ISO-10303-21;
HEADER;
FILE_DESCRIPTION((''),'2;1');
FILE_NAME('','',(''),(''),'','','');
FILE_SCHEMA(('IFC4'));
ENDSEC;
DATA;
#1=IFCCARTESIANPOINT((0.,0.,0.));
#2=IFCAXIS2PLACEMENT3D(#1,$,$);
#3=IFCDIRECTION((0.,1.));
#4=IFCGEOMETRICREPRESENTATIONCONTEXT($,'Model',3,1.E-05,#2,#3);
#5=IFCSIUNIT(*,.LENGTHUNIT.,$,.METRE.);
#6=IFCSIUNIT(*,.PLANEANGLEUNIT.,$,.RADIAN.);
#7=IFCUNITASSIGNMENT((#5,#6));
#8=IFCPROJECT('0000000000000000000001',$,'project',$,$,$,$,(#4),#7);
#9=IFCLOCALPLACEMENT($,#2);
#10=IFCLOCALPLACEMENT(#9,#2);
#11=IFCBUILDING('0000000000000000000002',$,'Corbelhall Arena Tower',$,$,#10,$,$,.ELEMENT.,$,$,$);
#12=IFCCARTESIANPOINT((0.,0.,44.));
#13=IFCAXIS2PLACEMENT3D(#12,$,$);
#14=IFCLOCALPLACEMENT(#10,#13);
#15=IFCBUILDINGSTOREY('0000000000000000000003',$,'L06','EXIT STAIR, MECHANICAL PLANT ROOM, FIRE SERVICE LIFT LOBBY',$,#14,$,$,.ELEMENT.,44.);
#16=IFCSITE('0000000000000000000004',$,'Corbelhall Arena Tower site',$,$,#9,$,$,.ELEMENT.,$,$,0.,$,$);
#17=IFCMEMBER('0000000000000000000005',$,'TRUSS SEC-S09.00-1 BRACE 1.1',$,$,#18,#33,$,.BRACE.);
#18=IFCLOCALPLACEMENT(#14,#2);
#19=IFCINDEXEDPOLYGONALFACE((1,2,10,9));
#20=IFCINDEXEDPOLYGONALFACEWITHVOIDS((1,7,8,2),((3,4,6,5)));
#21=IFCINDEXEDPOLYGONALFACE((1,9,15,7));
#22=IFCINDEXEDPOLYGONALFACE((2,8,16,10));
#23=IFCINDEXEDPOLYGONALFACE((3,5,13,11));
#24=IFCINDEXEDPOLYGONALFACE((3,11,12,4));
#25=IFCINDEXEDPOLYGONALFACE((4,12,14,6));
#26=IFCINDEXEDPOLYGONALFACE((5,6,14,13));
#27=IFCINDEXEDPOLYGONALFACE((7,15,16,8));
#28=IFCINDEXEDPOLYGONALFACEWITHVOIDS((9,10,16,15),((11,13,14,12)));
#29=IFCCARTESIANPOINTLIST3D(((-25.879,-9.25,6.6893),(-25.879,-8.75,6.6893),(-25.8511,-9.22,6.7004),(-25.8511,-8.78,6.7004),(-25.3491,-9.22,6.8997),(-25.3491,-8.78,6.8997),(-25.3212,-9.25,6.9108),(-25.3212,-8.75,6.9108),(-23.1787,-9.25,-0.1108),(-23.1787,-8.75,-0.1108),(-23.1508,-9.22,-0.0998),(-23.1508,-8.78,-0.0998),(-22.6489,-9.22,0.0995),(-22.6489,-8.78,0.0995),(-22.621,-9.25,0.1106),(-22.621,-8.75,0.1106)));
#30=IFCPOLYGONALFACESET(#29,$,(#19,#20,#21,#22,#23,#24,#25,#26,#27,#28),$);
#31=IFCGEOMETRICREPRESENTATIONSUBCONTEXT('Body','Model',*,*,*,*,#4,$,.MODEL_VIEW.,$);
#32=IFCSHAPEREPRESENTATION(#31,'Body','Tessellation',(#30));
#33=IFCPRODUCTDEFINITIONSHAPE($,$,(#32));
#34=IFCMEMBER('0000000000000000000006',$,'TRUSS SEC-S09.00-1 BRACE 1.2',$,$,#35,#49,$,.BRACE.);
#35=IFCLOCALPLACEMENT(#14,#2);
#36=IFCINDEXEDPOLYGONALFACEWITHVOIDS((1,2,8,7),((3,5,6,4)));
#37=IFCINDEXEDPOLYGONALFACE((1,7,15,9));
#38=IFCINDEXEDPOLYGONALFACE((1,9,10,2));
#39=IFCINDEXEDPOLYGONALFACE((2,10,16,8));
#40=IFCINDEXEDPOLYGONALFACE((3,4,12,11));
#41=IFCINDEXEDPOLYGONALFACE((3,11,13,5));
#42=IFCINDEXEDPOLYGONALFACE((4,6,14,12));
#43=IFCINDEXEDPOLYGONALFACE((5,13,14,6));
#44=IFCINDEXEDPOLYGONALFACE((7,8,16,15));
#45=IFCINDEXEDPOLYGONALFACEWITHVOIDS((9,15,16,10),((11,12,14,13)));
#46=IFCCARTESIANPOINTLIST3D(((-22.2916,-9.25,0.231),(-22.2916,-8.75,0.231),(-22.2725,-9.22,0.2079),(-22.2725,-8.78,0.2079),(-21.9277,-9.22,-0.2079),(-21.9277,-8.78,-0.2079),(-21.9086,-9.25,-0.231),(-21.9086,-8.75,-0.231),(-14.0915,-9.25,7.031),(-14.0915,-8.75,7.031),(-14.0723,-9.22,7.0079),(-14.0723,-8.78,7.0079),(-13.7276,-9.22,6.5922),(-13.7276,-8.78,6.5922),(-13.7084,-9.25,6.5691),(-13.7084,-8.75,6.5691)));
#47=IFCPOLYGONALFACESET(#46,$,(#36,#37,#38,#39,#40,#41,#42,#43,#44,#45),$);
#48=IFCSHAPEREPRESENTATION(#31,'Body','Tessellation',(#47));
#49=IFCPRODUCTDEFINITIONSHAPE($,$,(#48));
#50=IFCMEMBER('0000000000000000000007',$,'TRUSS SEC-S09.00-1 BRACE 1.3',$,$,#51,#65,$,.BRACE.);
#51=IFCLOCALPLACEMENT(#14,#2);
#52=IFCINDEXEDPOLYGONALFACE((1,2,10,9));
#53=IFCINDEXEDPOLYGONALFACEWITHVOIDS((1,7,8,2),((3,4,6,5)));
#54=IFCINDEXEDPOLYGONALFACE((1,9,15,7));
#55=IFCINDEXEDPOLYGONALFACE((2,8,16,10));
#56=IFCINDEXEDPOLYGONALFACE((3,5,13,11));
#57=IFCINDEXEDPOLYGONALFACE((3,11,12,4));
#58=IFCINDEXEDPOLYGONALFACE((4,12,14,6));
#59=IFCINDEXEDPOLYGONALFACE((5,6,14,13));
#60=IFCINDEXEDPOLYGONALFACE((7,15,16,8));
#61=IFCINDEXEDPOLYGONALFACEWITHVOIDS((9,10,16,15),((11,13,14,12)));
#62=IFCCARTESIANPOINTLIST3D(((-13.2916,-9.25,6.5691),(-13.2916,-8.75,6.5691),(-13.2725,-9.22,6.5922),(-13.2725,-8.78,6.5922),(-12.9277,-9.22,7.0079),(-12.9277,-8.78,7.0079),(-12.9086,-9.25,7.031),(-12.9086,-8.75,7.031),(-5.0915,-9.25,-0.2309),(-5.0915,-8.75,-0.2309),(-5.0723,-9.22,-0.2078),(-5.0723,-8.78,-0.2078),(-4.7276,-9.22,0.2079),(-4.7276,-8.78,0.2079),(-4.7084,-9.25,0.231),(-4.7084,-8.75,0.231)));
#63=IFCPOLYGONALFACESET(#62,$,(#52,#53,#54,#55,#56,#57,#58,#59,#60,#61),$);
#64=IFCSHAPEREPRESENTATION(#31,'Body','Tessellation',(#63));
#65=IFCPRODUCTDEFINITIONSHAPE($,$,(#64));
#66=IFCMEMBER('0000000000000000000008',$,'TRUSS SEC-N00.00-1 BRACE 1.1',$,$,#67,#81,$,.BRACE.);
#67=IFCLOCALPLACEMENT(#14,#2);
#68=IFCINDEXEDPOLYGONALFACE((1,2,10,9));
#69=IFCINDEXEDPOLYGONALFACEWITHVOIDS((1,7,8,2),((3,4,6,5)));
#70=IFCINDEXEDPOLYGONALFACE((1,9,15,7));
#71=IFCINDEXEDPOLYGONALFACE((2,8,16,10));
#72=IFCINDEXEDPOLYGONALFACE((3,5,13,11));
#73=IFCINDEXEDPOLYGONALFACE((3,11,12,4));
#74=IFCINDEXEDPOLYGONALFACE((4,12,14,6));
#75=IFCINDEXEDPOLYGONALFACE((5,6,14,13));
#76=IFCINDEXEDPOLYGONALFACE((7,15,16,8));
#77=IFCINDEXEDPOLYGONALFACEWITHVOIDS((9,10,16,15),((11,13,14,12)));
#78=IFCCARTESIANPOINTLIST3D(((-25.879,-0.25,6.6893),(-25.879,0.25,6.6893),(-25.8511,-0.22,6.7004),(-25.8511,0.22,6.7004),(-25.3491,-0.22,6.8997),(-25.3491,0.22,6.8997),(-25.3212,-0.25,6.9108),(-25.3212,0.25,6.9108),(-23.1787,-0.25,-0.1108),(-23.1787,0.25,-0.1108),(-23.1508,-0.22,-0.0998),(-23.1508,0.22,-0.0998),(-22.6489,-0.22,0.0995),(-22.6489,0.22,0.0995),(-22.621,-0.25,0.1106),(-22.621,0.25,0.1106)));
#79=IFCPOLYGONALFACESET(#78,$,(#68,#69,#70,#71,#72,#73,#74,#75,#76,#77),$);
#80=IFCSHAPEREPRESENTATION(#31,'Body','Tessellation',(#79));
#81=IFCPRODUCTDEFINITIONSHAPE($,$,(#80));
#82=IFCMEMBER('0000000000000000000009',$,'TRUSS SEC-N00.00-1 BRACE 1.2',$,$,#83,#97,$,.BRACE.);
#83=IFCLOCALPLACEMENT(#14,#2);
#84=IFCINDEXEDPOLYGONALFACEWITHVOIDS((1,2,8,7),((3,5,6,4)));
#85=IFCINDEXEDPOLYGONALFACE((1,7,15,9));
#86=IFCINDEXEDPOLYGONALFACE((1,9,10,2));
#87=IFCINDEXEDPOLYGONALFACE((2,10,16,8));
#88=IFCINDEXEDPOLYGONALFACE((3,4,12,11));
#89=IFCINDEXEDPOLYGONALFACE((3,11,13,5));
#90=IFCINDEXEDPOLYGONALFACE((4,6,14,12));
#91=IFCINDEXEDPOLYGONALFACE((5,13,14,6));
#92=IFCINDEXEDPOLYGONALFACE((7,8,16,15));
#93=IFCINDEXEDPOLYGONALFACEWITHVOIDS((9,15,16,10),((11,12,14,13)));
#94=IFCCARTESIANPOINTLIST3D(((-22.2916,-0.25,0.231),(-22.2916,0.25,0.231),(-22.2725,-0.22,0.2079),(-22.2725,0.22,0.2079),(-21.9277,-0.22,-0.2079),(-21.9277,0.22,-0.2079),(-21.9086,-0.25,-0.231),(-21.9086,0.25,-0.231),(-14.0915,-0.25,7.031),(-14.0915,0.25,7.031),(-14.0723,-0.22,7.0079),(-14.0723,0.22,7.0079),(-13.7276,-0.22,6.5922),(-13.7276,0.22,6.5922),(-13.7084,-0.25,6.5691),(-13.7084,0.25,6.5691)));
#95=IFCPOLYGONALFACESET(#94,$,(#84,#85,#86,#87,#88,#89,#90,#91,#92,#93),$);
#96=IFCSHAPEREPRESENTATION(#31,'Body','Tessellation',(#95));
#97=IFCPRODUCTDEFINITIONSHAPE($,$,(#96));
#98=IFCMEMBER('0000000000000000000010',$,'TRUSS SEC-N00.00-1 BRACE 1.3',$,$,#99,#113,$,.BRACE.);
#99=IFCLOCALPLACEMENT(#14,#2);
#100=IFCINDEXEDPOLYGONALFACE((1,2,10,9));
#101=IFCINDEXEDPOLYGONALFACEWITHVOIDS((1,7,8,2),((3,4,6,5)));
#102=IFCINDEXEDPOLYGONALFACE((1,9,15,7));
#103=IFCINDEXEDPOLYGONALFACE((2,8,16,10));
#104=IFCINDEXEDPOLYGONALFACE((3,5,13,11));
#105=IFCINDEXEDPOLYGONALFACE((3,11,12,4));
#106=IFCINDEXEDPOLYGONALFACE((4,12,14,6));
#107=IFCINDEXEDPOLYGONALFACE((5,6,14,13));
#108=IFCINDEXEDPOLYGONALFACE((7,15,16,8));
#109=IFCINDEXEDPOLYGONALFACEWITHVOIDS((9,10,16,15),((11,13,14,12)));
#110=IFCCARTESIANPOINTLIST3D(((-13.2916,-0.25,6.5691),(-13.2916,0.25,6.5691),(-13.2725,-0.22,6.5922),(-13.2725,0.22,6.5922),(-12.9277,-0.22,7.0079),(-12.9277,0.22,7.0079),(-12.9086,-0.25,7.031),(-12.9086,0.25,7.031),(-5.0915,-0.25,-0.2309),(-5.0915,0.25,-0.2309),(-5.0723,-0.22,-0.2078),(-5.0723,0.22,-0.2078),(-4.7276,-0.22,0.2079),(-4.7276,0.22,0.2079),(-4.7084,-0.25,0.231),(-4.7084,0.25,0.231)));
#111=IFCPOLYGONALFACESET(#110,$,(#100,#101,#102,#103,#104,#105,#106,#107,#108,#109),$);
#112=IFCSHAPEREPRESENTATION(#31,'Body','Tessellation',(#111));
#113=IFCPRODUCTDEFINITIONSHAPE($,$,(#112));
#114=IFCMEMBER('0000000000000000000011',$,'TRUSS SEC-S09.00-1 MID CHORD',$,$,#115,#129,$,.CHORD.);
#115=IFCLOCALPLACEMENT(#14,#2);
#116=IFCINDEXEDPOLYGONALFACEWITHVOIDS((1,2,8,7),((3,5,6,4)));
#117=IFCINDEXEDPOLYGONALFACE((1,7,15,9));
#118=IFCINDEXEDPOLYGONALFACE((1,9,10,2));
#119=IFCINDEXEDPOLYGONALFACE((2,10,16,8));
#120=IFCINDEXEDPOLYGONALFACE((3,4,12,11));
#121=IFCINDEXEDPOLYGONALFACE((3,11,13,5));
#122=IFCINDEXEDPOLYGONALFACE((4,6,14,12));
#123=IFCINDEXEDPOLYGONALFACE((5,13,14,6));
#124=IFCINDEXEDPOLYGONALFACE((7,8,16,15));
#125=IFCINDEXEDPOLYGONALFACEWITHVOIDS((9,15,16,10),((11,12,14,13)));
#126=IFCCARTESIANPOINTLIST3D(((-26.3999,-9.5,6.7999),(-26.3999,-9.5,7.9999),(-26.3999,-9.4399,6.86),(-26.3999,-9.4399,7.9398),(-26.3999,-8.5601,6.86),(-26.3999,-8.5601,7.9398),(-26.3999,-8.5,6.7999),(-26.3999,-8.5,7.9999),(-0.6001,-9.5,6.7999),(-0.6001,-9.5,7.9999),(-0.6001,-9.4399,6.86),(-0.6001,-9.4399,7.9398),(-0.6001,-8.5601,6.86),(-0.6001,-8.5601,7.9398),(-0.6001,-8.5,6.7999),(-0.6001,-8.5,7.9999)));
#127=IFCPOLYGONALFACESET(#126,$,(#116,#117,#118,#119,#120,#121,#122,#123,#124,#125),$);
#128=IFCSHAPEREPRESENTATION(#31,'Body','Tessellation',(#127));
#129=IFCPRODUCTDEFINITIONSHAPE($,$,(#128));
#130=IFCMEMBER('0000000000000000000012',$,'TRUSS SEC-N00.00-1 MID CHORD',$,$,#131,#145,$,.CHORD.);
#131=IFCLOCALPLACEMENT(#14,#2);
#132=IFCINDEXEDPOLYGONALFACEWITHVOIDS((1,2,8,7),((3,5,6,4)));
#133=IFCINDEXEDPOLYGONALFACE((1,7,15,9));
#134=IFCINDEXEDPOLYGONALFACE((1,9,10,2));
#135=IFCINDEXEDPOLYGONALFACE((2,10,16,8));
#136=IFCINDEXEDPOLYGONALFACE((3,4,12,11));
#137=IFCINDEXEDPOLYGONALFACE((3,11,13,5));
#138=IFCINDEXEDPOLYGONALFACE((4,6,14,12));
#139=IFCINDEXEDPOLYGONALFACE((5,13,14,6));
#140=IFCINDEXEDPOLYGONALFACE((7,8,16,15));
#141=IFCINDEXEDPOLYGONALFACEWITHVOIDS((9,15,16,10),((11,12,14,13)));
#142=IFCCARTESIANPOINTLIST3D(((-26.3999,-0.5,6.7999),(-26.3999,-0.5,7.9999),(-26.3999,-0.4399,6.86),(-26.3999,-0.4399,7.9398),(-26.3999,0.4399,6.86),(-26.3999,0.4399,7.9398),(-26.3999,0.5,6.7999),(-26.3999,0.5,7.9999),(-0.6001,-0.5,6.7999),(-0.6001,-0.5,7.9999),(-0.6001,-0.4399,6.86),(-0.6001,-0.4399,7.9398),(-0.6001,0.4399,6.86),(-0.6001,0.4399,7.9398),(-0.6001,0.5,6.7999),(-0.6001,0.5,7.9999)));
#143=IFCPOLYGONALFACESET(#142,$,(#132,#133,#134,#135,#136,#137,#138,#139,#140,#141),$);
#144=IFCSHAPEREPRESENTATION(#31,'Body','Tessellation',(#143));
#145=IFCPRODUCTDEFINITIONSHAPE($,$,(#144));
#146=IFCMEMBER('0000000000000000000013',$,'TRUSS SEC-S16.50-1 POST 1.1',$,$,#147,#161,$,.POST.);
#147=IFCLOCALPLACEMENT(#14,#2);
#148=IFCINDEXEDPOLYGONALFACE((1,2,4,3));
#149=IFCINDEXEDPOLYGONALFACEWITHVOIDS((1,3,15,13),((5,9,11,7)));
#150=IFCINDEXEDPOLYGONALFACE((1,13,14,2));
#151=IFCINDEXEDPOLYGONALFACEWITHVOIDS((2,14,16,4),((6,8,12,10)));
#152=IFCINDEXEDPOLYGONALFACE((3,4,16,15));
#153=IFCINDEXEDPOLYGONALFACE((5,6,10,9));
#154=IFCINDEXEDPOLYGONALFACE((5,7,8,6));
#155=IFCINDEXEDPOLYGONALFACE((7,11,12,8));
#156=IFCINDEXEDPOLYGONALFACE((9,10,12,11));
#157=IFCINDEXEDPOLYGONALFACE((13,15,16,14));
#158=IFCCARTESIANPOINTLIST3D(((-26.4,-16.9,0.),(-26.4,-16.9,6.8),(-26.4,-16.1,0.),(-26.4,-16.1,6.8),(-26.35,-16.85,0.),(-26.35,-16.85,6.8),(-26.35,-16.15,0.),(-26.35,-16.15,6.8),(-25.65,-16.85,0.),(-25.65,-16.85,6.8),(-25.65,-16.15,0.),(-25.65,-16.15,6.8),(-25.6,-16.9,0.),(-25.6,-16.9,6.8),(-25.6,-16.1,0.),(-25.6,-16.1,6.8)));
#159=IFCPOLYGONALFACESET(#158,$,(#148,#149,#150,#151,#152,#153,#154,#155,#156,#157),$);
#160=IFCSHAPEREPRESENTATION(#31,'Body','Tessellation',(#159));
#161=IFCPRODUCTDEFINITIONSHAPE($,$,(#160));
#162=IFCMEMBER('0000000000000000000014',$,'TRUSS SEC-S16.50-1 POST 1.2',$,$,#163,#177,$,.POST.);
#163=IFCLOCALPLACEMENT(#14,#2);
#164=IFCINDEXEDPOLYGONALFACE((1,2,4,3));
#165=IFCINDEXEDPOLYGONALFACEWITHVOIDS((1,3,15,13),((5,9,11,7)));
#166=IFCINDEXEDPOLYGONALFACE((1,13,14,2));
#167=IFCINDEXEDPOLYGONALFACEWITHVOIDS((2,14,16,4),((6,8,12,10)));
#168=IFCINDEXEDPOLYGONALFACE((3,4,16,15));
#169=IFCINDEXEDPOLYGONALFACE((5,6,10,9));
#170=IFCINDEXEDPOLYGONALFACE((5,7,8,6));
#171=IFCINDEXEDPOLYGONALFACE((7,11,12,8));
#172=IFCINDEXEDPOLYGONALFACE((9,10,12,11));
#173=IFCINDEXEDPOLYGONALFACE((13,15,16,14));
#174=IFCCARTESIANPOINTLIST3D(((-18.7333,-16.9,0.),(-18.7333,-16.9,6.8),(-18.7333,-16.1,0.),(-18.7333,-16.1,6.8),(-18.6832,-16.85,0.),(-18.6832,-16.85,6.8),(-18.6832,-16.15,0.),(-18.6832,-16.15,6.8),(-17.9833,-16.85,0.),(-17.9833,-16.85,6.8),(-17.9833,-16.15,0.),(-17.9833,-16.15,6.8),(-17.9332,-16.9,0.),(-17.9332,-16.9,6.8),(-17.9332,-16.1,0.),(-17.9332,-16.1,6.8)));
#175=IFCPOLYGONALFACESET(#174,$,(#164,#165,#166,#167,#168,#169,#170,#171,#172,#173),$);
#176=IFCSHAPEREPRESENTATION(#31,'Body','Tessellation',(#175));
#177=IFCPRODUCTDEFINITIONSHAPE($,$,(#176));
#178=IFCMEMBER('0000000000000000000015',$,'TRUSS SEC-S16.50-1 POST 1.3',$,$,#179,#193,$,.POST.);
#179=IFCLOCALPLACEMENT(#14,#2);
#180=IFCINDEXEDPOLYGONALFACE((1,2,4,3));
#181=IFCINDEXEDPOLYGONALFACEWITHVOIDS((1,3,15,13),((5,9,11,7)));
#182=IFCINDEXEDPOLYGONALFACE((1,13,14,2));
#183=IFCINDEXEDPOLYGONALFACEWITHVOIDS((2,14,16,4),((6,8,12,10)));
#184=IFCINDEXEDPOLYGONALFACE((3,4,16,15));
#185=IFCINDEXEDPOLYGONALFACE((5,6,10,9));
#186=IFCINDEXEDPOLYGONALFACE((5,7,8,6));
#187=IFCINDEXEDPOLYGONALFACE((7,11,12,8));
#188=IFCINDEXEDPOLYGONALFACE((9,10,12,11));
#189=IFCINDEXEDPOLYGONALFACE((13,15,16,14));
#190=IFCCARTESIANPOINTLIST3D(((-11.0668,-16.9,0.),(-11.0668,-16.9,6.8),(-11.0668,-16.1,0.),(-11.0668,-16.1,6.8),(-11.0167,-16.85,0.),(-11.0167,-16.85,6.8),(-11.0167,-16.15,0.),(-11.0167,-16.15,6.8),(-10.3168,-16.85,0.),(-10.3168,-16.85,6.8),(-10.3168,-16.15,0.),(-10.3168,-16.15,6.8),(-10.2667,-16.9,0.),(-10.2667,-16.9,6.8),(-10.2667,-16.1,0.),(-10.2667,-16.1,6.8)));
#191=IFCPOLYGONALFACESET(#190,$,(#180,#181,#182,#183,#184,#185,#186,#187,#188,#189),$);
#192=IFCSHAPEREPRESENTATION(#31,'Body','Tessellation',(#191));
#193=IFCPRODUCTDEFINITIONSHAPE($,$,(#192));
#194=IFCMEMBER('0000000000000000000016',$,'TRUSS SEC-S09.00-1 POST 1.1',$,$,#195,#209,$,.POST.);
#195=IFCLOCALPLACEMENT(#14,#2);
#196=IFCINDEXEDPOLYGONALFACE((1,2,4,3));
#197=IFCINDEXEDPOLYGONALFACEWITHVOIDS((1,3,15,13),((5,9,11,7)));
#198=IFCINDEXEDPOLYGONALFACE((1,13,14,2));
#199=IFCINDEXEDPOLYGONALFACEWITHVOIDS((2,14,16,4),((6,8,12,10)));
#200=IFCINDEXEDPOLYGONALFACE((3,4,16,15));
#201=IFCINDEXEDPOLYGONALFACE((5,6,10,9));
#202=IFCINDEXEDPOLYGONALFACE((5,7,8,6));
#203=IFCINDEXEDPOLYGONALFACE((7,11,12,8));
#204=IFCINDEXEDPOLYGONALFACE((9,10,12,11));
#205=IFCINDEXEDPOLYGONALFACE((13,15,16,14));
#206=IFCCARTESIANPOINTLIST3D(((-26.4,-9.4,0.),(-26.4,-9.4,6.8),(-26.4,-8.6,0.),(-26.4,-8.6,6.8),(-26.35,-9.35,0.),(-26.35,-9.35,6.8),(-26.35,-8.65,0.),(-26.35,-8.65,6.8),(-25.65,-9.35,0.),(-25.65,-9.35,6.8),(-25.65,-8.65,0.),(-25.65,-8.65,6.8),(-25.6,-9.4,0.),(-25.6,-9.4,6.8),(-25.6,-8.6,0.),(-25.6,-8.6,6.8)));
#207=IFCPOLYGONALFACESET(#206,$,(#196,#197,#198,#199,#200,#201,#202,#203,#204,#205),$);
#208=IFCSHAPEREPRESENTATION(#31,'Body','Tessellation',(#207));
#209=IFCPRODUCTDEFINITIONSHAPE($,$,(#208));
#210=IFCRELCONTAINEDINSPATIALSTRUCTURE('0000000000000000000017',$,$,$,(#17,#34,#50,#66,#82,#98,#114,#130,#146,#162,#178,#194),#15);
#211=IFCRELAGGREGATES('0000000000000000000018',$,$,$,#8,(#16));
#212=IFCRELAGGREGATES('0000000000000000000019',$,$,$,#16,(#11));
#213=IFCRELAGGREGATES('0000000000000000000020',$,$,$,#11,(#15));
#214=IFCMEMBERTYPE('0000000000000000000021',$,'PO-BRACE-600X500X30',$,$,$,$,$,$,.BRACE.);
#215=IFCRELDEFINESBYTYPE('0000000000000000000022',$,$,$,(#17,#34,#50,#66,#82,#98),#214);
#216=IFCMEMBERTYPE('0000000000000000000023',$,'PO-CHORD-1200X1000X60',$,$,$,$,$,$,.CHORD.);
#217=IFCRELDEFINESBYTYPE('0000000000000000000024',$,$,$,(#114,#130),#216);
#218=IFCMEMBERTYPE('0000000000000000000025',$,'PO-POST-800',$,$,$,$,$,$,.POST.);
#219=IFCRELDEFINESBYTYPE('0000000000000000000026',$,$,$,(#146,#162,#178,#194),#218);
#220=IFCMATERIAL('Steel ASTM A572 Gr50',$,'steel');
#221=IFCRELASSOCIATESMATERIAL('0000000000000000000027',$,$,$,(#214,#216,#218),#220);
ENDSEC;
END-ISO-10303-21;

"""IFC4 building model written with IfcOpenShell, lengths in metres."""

from ifc_helpers import new_model, si_unit, direction, frame, origin, origin_2d, place, context, subcontext, project, spatial, hollow_rectangle, extrude, material, material_profile, profile_set, type_object, element, save


model = new_model("IFC4")

# Units and contexts
model_context = context("Model", 3, precision=1e-05, world=origin(), true_north=direction((0.0, 1.0)))
body_context = subcontext(model_context, "Body", "Model", "MODEL_VIEW")
ifc_project = project(units=[si_unit("LENGTHUNIT", "METRE"), si_unit("PLANEANGLEUNIT", "RADIAN")], contexts=[model_context])

# Site, building, storey
site_placement = place(None, origin())
site = spatial("IfcSite", under=ifc_project, at=site_placement, Name="Corbelhall Arena Tower site", CompositionType="ELEMENT", RefElevation=0.0)
building_placement = place(site_placement, origin())
building = spatial("IfcBuilding", under=site, at=building_placement, Name="Corbelhall Arena Tower", CompositionType="ELEMENT")
storey_placement = place(building_placement, frame((0.0, 0.0, 44.0)))
storey = spatial("IfcBuildingStorey", under=building, at=storey_placement, Name="L06", Description="EXIT STAIR, MECHANICAL PLANT ROOM, FIRE SERVICE LIFT LOBBY", CompositionType="ELEMENT", Elevation=44.0)

# Members
ifc_material_1 = material(Name="Steel ASTM A572 Gr50", Category="steel")
ifc_material_profile_1 = material_profile(ifc_material_1, hollow_rectangle(XDim=0.5, YDim=0.6001, WallThickness=0.03, at=origin_2d()))
ifc_profile_set_1 = profile_set([ifc_material_profile_1], Name="Steel ASTM A572 Gr50")
member_type_1 = type_object("IfcMemberType", Name="PO-BRACE-600X500X30", PredefinedType="BRACE", material=ifc_profile_set_1)
member_1_placement = place(storey_placement, frame((-25.6001, -9.0, 6.8), z_axis=(0.369054, 0.0, -0.929408), x_axis=(0.0, 1.0, 0.0)))
element("IfcMember", 1, at=member_1_placement, inside=storey, type_object=member_type_1, Name="TRUSS SEC-S09.00-1 BRACE 1.1", PredefinedType="BRACE", context=body_context, shape_type="SweptSolid", body=[
    extrude(hollow_rectangle(XDim=0.5, YDim=0.6001, WallThickness=0.03, at=origin_2d()), origin(), (0.0, 0.0, 1.0), 7.3167),
])
for number, where, z_axis, x_axis, name in (
    (2, (-22.1001, -9.0, 0.0), (0.769763, 0.0, 0.63833), (0.0, 1.0, 0.0), "TRUSS SEC-S09.00-1 BRACE 1.2"),
    (3, (-13.1001, -9.0, 6.8), (0.769763, 0.0, -0.63833), (0.0, 1.0, 0.0), "TRUSS SEC-S09.00-1 BRACE 1.3"),
):
    element("IfcMember", number, at=place(storey_placement, frame(where, z_axis=z_axis, x_axis=x_axis)), inside=storey, type_object=member_type_1, Name=name, PredefinedType="BRACE", context=body_context, shape_type="SweptSolid", body=[
        extrude(hollow_rectangle(XDim=0.5, YDim=0.6001, WallThickness=0.03, at=origin_2d()), origin(), (0.0, 0.0, 1.0), 10.6528),
    ])
member_2_placement = place(storey_placement, frame((-25.6001, 0.0, 6.8), z_axis=(0.369054, 0.0, -0.929408), x_axis=(0.0, 1.0, 0.0)))
element("IfcMember", 4, at=member_2_placement, inside=storey, type_object=member_type_1, Name="TRUSS SEC-N00.00-1 BRACE 1.1", PredefinedType="BRACE", context=body_context, shape_type="SweptSolid", body=[
    extrude(hollow_rectangle(XDim=0.5, YDim=0.6001, WallThickness=0.03, at=origin_2d()), origin(), (0.0, 0.0, 1.0), 7.3167),
])
for number, where, z_axis, x_axis, name in (
    (5, (-22.1001, 0.0, 0.0), (0.769763, 0.0, 0.63833), (0.0, 1.0, 0.0), "TRUSS SEC-N00.00-1 BRACE 1.2"),
    (6, (-13.1001, 0.0, 6.8), (0.769763, 0.0, -0.63833), (0.0, 1.0, 0.0), "TRUSS SEC-N00.00-1 BRACE 1.3"),
):
    element("IfcMember", number, at=place(storey_placement, frame(where, z_axis=z_axis, x_axis=x_axis)), inside=storey, type_object=member_type_1, Name=name, PredefinedType="BRACE", context=body_context, shape_type="SweptSolid", body=[
        extrude(hollow_rectangle(XDim=0.5, YDim=0.6001, WallThickness=0.03, at=origin_2d()), origin(), (0.0, 0.0, 1.0), 10.6528),
    ])
ifc_material_profile_2 = material_profile(ifc_material_1, hollow_rectangle(XDim=1.0, YDim=1.2, WallThickness=0.0601, at=origin_2d()))
ifc_profile_set_2 = profile_set([ifc_material_profile_2], Name="Steel ASTM A572 Gr50")
member_type_2 = type_object("IfcMemberType", Name="PO-CHORD-1200X1000X60", PredefinedType="CHORD", material=ifc_profile_set_2)
for number, where, z_axis, x_axis, name in (
    (7, (-26.3999, -9.0, 7.3999), (1.0, 0.0, 0.0), (0.0, 1.0, 0.0), "TRUSS SEC-S09.00-1 MID CHORD"),
    (8, (-26.3999, 0.0, 7.3999), (1.0, 0.0, 0.0), (0.0, 1.0, 0.0), "TRUSS SEC-N00.00-1 MID CHORD"),
):
    element("IfcMember", number, at=place(storey_placement, frame(where, z_axis=z_axis, x_axis=x_axis)), inside=storey, type_object=member_type_2, Name=name, PredefinedType="CHORD", context=body_context, shape_type="SweptSolid", body=[
        extrude(hollow_rectangle(XDim=1.0, YDim=1.2, WallThickness=0.0601, at=origin_2d()), origin(), (0.0, 0.0, 1.0), 25.7998),
    ])
ifc_material_profile_3 = material_profile(ifc_material_1, hollow_rectangle(XDim=0.8, YDim=0.8, WallThickness=0.05, at=origin_2d()))
ifc_profile_set_3 = profile_set([ifc_material_profile_3], Name="Steel ASTM A572 Gr50")
member_type_3 = type_object("IfcMemberType", Name="PO-POST-800", PredefinedType="POST", material=ifc_profile_set_3)
for number, where, z_axis, x_axis, name in (
    (9, (-26.0, -16.5, 0.0), (0.0, 0.0, 1.0), (1.0, 0.0, 0.0), "TRUSS SEC-S16.50-1 POST 1.1"),
    (10, (-18.3333, -16.5, 0.0), (0.0, 0.0, 1.0), (1.0, 0.0, 0.0), "TRUSS SEC-S16.50-1 POST 1.2"),
    (11, (-10.6667, -16.5, 0.0), (0.0, 0.0, 1.0), (1.0, 0.0, 0.0), "TRUSS SEC-S16.50-1 POST 1.3"),
    (12, (-26.0, -9.0, 0.0), (0.0, 0.0, 1.0), (1.0, 0.0, 0.0), "TRUSS SEC-S09.00-1 POST 1.1"),
):
    element("IfcMember", number, at=place(storey_placement, frame(where, z_axis=z_axis, x_axis=x_axis)), inside=storey, type_object=member_type_3, Name=name, PredefinedType="POST", context=body_context, shape_type="SweptSolid", body=[
        extrude(hollow_rectangle(XDim=0.8, YDim=0.8, WallThickness=0.05, at=origin_2d()), origin(), (0.0, 0.0, 1.0), 6.8),
    ])

save(model, "model.ifc")
